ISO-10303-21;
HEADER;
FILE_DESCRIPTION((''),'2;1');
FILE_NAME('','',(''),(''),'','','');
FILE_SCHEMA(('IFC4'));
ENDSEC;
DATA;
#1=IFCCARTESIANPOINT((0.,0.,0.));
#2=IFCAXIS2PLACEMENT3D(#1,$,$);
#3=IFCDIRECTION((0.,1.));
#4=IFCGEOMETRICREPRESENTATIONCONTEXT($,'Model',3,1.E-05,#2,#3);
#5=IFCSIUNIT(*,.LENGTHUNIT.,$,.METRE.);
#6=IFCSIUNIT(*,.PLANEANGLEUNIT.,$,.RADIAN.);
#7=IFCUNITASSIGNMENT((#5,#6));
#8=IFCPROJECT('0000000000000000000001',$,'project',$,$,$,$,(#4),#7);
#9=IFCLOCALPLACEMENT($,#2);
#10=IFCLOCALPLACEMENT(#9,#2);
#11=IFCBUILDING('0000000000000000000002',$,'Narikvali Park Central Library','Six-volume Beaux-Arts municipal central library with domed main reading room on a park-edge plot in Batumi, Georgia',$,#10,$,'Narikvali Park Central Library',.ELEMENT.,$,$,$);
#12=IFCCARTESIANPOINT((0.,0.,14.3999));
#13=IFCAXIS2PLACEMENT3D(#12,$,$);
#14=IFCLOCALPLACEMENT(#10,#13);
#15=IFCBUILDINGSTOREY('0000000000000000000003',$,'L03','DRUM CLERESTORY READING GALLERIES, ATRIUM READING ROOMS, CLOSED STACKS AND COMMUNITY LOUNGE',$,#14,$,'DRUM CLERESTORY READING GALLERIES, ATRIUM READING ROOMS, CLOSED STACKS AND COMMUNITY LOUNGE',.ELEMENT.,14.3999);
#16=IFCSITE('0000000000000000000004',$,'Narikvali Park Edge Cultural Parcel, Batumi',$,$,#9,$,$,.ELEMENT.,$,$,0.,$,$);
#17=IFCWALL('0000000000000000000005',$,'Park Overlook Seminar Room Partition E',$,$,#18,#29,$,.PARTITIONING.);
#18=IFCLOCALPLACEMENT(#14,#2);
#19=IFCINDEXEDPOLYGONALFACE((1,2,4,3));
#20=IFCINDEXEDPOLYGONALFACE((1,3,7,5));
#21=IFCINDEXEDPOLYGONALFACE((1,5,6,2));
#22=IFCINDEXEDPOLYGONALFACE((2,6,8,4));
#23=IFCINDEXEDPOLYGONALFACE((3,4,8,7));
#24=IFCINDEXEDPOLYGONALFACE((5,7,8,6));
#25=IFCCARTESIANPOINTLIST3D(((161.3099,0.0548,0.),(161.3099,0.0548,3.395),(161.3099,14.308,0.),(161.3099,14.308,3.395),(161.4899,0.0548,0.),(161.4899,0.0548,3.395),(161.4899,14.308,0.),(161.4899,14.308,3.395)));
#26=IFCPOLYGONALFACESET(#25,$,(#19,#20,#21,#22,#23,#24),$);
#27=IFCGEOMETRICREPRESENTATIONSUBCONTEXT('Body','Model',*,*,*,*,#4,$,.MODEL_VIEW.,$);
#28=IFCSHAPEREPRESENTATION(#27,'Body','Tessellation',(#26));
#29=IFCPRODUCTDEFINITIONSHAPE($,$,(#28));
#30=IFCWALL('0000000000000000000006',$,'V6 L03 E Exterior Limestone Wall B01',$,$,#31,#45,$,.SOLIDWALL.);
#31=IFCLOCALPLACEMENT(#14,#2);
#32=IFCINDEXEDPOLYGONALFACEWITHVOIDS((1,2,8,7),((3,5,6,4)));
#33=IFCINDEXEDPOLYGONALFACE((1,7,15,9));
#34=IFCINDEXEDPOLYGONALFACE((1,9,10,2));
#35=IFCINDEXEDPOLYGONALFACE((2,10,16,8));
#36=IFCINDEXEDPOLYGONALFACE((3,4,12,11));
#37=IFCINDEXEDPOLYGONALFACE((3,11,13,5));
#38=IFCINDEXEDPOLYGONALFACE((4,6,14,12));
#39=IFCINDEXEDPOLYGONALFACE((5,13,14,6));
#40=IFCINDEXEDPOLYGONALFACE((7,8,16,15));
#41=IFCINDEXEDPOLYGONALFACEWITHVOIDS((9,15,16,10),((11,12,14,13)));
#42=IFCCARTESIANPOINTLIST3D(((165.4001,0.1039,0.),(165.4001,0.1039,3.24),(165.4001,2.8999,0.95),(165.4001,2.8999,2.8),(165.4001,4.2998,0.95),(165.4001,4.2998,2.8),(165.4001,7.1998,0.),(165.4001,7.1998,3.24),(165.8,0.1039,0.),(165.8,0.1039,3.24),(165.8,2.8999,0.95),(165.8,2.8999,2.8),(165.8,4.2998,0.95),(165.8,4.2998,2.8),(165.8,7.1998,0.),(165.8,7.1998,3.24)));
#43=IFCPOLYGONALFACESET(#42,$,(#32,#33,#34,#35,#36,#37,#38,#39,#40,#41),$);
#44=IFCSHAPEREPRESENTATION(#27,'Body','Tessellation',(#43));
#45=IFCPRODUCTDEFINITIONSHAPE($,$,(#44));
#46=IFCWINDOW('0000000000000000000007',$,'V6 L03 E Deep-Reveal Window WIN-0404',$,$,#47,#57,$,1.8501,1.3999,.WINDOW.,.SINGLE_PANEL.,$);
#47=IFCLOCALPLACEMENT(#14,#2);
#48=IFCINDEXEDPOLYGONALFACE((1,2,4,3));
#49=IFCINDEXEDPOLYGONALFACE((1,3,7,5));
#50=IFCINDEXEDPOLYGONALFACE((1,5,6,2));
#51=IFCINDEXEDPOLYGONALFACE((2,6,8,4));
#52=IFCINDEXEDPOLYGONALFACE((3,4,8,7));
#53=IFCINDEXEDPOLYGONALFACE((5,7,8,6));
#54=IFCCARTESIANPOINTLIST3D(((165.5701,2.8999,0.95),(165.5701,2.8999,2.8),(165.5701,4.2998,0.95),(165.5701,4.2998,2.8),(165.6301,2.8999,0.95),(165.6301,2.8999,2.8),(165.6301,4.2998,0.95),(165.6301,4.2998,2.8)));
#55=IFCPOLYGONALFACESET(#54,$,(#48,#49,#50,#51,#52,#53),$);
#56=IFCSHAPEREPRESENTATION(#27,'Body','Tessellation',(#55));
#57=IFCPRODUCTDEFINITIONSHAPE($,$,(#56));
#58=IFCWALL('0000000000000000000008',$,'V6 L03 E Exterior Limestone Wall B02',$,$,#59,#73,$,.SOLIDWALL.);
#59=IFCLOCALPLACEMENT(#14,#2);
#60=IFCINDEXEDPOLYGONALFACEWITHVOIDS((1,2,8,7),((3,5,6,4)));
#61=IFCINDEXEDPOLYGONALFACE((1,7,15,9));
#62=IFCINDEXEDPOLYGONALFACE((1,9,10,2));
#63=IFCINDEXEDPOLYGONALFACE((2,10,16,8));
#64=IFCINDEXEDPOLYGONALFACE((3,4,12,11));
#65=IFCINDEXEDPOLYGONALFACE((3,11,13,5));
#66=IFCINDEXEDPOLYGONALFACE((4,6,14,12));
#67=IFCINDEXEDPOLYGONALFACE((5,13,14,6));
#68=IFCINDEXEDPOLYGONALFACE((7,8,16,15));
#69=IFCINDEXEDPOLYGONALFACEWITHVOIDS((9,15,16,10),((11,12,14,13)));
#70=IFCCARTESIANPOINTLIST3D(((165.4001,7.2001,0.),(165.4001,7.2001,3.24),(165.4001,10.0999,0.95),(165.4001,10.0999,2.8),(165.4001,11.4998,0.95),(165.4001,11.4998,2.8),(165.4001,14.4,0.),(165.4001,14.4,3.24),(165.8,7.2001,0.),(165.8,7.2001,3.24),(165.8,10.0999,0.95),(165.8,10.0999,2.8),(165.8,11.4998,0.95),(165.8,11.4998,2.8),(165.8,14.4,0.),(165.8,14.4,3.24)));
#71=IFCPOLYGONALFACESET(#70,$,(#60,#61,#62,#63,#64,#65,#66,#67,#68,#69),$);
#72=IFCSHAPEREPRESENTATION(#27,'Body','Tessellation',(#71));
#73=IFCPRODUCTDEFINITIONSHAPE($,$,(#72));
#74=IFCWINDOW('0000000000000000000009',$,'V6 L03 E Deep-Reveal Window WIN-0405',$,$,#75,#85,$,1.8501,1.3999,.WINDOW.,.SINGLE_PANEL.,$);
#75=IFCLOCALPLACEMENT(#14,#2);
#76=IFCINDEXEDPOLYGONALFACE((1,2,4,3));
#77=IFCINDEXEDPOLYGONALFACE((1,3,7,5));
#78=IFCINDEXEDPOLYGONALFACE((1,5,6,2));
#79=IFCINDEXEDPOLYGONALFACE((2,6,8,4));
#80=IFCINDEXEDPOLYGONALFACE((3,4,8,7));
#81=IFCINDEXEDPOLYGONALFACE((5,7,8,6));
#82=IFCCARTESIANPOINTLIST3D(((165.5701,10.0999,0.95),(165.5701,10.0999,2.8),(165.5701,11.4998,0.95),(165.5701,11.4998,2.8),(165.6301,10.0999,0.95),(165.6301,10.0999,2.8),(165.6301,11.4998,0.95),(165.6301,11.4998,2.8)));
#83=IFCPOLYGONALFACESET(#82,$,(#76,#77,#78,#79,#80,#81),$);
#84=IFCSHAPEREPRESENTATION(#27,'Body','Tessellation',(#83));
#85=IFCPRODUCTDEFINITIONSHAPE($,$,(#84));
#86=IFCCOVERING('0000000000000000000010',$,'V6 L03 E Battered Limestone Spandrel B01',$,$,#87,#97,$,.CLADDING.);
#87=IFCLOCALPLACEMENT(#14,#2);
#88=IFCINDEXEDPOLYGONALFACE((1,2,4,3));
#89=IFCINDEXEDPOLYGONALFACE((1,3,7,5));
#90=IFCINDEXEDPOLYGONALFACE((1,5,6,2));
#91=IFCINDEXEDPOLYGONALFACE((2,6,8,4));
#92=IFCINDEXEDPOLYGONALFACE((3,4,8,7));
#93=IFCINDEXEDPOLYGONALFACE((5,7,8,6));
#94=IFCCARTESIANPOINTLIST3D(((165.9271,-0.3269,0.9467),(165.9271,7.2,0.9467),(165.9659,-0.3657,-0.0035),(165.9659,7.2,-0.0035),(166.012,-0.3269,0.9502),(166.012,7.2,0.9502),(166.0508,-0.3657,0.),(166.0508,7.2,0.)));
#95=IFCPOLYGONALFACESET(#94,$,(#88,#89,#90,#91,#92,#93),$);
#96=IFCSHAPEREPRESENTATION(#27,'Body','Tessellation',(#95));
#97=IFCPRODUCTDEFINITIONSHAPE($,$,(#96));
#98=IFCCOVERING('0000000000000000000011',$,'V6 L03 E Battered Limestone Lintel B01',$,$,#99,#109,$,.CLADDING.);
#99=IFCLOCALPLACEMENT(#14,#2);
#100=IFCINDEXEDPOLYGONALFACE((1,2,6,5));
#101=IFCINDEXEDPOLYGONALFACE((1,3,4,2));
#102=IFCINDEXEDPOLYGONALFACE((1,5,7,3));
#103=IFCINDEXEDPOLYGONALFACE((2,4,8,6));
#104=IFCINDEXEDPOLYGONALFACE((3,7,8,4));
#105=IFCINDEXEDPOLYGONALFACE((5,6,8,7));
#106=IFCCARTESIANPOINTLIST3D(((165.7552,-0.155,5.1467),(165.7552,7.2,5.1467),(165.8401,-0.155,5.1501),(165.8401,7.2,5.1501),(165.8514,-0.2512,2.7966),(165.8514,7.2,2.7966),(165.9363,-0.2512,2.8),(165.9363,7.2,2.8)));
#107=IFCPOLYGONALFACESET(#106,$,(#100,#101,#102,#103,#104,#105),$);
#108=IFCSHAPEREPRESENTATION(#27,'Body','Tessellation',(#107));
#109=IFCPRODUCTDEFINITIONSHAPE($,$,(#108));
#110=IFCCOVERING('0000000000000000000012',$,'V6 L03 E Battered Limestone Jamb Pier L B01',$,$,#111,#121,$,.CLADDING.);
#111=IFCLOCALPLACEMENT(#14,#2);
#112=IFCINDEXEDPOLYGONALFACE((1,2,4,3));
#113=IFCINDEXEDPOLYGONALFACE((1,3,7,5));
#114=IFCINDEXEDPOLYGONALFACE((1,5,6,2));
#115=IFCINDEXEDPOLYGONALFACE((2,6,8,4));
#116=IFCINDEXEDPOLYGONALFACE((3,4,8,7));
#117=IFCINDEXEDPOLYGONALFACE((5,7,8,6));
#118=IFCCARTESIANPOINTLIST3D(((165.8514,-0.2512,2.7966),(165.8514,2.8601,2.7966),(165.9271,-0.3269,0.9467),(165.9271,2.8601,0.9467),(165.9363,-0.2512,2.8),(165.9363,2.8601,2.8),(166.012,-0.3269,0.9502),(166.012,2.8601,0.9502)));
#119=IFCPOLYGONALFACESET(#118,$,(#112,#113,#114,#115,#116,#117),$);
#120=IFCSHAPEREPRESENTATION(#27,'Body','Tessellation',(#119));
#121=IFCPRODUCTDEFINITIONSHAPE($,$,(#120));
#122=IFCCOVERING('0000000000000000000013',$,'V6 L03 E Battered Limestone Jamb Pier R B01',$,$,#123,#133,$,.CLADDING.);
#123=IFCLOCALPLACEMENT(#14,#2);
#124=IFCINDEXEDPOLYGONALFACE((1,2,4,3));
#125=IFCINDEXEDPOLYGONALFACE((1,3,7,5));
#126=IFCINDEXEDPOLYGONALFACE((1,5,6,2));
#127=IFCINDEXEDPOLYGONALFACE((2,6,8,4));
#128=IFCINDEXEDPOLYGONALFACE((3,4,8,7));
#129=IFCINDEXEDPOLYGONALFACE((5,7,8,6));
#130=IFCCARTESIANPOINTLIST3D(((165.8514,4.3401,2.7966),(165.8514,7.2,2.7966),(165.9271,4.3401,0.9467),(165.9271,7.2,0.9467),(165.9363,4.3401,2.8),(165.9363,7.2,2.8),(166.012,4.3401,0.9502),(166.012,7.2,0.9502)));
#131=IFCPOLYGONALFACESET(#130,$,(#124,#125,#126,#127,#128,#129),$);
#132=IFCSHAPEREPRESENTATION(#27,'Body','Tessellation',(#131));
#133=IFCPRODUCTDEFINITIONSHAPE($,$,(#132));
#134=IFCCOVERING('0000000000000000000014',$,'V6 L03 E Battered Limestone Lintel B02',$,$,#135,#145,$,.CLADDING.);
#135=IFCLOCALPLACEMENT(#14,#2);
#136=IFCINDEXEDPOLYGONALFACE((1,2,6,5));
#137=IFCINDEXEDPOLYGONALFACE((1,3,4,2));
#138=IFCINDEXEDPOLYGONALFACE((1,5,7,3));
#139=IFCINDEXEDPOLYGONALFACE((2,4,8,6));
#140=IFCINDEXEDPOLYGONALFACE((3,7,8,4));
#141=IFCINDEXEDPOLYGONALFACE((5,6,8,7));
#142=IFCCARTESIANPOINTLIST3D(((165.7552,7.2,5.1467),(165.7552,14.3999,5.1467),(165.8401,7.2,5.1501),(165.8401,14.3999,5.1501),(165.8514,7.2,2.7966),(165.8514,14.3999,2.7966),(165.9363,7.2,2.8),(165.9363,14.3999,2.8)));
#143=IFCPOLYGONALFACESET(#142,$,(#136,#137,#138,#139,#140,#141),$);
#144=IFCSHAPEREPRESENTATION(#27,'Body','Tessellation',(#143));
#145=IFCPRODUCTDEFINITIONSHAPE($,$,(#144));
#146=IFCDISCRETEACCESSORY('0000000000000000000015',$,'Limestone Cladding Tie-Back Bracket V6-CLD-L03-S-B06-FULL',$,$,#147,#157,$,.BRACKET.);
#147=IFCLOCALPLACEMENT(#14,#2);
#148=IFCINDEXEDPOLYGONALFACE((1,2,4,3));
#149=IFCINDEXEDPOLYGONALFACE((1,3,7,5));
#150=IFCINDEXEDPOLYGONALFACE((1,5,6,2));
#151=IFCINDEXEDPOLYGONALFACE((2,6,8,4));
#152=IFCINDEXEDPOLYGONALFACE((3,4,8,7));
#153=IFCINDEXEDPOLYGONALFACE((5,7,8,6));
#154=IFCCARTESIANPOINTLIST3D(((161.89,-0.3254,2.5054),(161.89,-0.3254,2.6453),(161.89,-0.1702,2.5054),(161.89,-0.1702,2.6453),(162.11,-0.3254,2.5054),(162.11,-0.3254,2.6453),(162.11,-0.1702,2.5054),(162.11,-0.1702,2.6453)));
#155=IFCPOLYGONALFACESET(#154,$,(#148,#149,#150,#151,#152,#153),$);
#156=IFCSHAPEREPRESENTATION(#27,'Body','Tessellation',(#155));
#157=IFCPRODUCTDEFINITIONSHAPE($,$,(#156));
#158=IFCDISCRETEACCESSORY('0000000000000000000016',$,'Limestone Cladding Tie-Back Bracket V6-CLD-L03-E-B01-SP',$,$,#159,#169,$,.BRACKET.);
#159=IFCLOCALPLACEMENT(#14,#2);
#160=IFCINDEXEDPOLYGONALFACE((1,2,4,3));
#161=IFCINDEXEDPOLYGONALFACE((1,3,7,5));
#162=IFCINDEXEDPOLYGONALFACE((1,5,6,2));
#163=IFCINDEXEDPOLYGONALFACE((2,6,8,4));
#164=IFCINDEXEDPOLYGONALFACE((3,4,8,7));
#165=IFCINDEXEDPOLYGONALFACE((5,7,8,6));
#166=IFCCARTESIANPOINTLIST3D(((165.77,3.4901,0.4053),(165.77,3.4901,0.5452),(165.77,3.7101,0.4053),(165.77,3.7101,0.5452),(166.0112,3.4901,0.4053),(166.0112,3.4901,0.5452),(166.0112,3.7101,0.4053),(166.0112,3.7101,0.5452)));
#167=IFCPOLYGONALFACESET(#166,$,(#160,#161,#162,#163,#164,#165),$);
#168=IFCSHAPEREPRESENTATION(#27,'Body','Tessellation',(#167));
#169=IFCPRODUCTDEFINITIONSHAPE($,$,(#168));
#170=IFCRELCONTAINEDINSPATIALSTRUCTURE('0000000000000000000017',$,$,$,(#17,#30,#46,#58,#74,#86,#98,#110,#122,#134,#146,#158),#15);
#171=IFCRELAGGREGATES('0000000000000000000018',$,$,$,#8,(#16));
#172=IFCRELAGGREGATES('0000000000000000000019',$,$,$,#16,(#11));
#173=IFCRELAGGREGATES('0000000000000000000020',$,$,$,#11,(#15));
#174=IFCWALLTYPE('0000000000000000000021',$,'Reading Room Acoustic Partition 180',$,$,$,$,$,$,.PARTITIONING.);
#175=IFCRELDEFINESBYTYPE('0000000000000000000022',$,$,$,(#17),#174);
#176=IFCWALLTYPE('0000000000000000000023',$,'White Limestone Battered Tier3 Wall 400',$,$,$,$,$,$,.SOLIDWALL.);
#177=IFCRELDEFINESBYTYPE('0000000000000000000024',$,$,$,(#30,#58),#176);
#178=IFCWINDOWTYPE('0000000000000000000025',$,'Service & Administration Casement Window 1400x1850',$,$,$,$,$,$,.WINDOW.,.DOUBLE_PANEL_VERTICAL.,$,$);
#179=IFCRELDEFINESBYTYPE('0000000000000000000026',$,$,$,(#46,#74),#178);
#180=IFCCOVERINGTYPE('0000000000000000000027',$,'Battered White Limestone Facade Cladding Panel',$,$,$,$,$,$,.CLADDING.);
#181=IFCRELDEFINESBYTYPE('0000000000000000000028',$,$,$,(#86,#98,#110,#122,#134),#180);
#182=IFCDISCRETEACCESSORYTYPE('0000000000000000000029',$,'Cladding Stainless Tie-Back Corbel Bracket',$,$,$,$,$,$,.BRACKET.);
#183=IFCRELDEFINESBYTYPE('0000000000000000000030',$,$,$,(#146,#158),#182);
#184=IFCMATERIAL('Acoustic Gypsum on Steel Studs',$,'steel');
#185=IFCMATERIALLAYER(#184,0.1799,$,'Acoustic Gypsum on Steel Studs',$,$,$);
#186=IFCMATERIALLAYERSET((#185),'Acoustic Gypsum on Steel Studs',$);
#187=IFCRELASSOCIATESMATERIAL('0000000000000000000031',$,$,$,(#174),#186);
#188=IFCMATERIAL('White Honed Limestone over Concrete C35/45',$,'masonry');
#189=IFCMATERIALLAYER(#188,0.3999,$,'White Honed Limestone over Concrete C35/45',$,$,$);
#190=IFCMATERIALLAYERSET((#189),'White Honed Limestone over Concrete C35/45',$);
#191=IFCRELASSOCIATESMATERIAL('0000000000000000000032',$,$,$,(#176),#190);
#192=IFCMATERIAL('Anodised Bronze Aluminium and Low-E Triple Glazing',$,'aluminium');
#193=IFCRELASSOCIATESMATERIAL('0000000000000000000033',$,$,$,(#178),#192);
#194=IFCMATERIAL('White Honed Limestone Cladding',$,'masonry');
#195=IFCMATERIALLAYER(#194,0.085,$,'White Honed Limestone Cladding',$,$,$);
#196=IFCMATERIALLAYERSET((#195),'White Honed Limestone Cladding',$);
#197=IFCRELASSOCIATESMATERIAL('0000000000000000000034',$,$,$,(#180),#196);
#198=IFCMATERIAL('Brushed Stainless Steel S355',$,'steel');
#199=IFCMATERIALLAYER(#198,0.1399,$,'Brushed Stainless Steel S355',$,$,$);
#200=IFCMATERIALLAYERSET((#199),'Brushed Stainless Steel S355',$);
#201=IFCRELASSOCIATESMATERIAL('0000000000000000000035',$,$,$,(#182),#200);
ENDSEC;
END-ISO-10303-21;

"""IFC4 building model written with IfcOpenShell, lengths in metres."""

from ifc_helpers import new_model, si_unit, direction, frame, frame_2d, origin, origin_2d, place, context, subcontext, project, spatial, polyline, rectangle, outline, extrude, material, layer, layer_set, type_object, element, fill, save


model = new_model("IFC4")

# Units and contexts
model_context = context("Model", 3, precision=1e-05, world=origin(), true_north=direction((0.0, 1.0)))
body_context = subcontext(model_context, "Body", "Model", "MODEL_VIEW")
ifc_project = project(units=[si_unit("LENGTHUNIT", "METRE"), si_unit("PLANEANGLEUNIT", "RADIAN")], contexts=[model_context])

# Site, building, storey
site_placement = place(None, origin())
site = spatial("IfcSite", under=ifc_project, at=site_placement, Name="Narikvali Park Edge Cultural Parcel, Batumi", CompositionType="ELEMENT", RefElevation=0.0)
building_placement = place(site_placement, origin())
building = spatial("IfcBuilding", under=site, at=building_placement, Name="Narikvali Park Central Library", Description="Six-volume Beaux-Arts municipal central library with domed main reading room on a park-edge plot in Batumi, Georgia", LongName="Narikvali Park Central Library", CompositionType="ELEMENT")
storey_placement = place(building_placement, frame((0.0, 0.0, 14.3999)))
storey = spatial("IfcBuildingStorey", under=building, at=storey_placement, Name="L03", Description="DRUM CLERESTORY READING GALLERIES, ATRIUM READING ROOMS, CLOSED STACKS AND COMMUNITY LOUNGE", LongName="DRUM CLERESTORY READING GALLERIES, ATRIUM READING ROOMS, CLOSED STACKS AND COMMUNITY LOUNGE", CompositionType="ELEMENT", Elevation=14.3999)

# Wall
ifc_material_1 = material(Name="Acoustic Gypsum on Steel Studs", Category="steel")
ifc_layer_1 = layer(ifc_material_1, 0.1799, Name="Acoustic Gypsum on Steel Studs")
ifc_layer_set_1 = layer_set([ifc_layer_1], Name="Acoustic Gypsum on Steel Studs")
wall_type_1 = type_object("IfcWallType", Name="Reading Room Acoustic Partition 180", PredefinedType="PARTITIONING", material=ifc_layer_set_1)
wall_1_placement = place(storey_placement, frame((161.3999, 0.0549, 0.0), z_axis=(0.0, 0.0, 1.0), x_axis=(0.0, 1.0, 0.0)))
element("IfcWall", 1, at=wall_1_placement, inside=storey, type_object=wall_type_1, Name="Park Overlook Seminar Room Partition E", PredefinedType="PARTITIONING", context=body_context, shape_type="SweptSolid", body=[
    extrude(rectangle(XDim=14.2532, YDim=0.1799, at=frame_2d((7.1265, 0.0))), origin(), (0.0, 0.0, 1.0), 3.395),
])

# Walls, openings, windows
ifc_material_2 = material(Name="White Honed Limestone over Concrete C35/45", Category="masonry")
ifc_layer_2 = layer(ifc_material_2, 0.3999, Name="White Honed Limestone over Concrete C35/45")
ifc_layer_set_2 = layer_set([ifc_layer_2], Name="White Honed Limestone over Concrete C35/45")
wall_type_2 = type_object("IfcWallType", Name="White Limestone Battered Tier3 Wall 400", PredefinedType="SOLIDWALL", material=ifc_layer_set_2)
wall_2_placement = place(storey_placement, frame((165.6001, 0.104, 0.0), z_axis=(0.0, 0.0, 1.0), x_axis=(0.0, 1.0, 0.0)))
wall_2 = element("IfcWall", 2, at=wall_2_placement, inside=storey, type_object=wall_type_2, Name="V6 L03 E Exterior Limestone Wall B01", PredefinedType="SOLIDWALL", context=body_context, shape_type="SweptSolid", body=[
    extrude(rectangle(XDim=7.0959, YDim=0.3999, at=frame_2d((3.5479, 0.0))), origin(), (0.0, 0.0, 1.0), 3.24),
])
opening_1_placement = place(wall_2_placement, frame((2.7959, 0.0, 0.95)))
opening_1 = element("IfcOpeningElement", 3, at=opening_1_placement, cuts=wall_2, PredefinedType="OPENING", context=body_context, shape_type="SweptSolid", body=[
    extrude(rectangle(XDim=1.3999, YDim=1.8501, at=frame_2d((0.7, 0.925))), frame((0.0, 0.2119, 0.0), z_axis=(0.0, -1.0, 0.0), x_axis=(1.0, 0.0, 0.0)), (0.0, 0.0, 1.0), 0.4238),
])
ifc_material_3 = material(Name="Anodised Bronze Aluminium and Low-E Triple Glazing", Category="aluminium")
window_type = type_object("IfcWindowType", Name="Service & Administration Casement Window 1400x1850", PartitioningType="DOUBLE_PANEL_VERTICAL", PredefinedType="WINDOW", material=ifc_material_3)
window_1_placement = place(opening_1_placement, origin())
window_1 = element("IfcWindow", 4, at=window_1_placement, inside=storey, type_object=window_type, Name="V6 L03 E Deep-Reveal Window WIN-0404", OverallHeight=1.8501, OverallWidth=1.3999, PartitioningType="SINGLE_PANEL", PredefinedType="WINDOW", context=body_context, shape_type="SweptSolid", body=[
    extrude(rectangle(XDim=1.3999, YDim=1.8501, at=frame_2d((0.7, 0.925))), frame((0.0, 0.03, 0.0), z_axis=(0.0, -1.0, 0.0), x_axis=(1.0, 0.0, 0.0)), (0.0, 0.0, 1.0), 0.0601),
])
fill(opening_1, window_1)
wall_3_placement = place(storey_placement, frame((165.6001, 7.2, 0.0), z_axis=(0.0, 0.0, 1.0), x_axis=(0.0, 1.0, 0.0)))
wall_3 = element("IfcWall", 5, at=wall_3_placement, inside=storey, type_object=wall_type_2, Name="V6 L03 E Exterior Limestone Wall B02", PredefinedType="SOLIDWALL", context=body_context, shape_type="SweptSolid", body=[
    extrude(rectangle(XDim=7.2, YDim=0.3999, at=frame_2d((3.6001, 0.0))), origin(), (0.0, 0.0, 1.0), 3.24),
])
opening_2_placement = place(wall_3_placement, frame((2.8999, 0.0, 0.95)))
opening_2 = element("IfcOpeningElement", 6, at=opening_2_placement, cuts=wall_3, PredefinedType="OPENING", context=body_context, shape_type="SweptSolid", body=[
    extrude(rectangle(XDim=1.3999, YDim=1.8501, at=frame_2d((0.7, 0.925))), frame((0.0, 0.2119, 0.0), z_axis=(0.0, -1.0, 0.0), x_axis=(1.0, 0.0, 0.0)), (0.0, 0.0, 1.0), 0.4238),
])
window_2_placement = place(opening_2_placement, origin())
window_2 = element("IfcWindow", 7, at=window_2_placement, inside=storey, type_object=window_type, Name="V6 L03 E Deep-Reveal Window WIN-0405", OverallHeight=1.8501, OverallWidth=1.3999, PartitioningType="SINGLE_PANEL", PredefinedType="WINDOW", context=body_context, shape_type="SweptSolid", body=[
    extrude(rectangle(XDim=1.3999, YDim=1.8501, at=frame_2d((0.7, 0.925))), frame((0.0, 0.03, 0.0), z_axis=(0.0, -1.0, 0.0), x_axis=(1.0, 0.0, 0.0)), (0.0, 0.0, 1.0), 0.0601),
])
fill(opening_2, window_2)

# Coverings
ifc_material_4 = material(Name="White Honed Limestone Cladding", Category="masonry")
ifc_layer_3 = layer(ifc_material_4, 0.085, Name="White Honed Limestone Cladding")
ifc_layer_set_3 = layer_set([ifc_layer_3], Name="White Honed Limestone Cladding")
covering_type = type_object("IfcCoveringType", Name="Battered White Limestone Facade Cladding Panel", PredefinedType="CLADDING", material=ifc_layer_set_3)
covering_1_placement = place(storey_placement, frame((166.0508, -0.3657, 0.0), z_axis=(0.999167, 0.0, 0.040819), x_axis=(0.0, 1.0, 0.0)))
element("IfcCovering", 8, at=covering_1_placement, inside=storey, type_object=covering_type, Name="V6 L03 E Battered Limestone Spandrel B01", PredefinedType="CLADDING", context=body_context, shape_type="SweptSolid", body=[
    extrude(outline(polyline([(0.0, 0.0), (7.5657, 0.0), (7.5657, 0.951), (0.0388, 0.951), (0.0, 0.0)])), origin(), (0.0, 0.0, -1.0), 0.085),
])
covering_2_placement = place(storey_placement, frame((165.9363, -0.2512, 2.8), z_axis=(0.999163, 0.0, 0.040897), x_axis=(0.0, 1.0, 0.0)))
element("IfcCovering", 9, at=covering_2_placement, inside=storey, type_object=covering_type, Name="V6 L03 E Battered Limestone Lintel B01", PredefinedType="CLADDING", context=body_context, shape_type="SweptSolid", body=[
    extrude(outline(polyline([(0.0, 0.0), (7.4512, 0.0), (7.4512, 2.3521), (0.0962, 2.3521), (0.0, 0.0)])), origin(), (0.0, 0.0, -1.0), 0.085),
])
covering_3_placement = place(storey_placement, frame((166.012, -0.3269, 0.9502), z_axis=(0.999164, 0.0, 0.040879), x_axis=(0.0, 1.0, 0.0)))
element("IfcCovering", 10, at=covering_3_placement, inside=storey, type_object=covering_type, Name="V6 L03 E Battered Limestone Jamb Pier L B01", PredefinedType="CLADDING", context=body_context, shape_type="SweptSolid", body=[
    extrude(outline(polyline([(0.0, 0.0), (3.187, 0.0), (3.187, 1.8514), (0.0757, 1.8514), (0.0, 0.0)])), origin(), (0.0, 0.0, -1.0), 0.085),
])
covering_4_placement = place(storey_placement, frame((166.012, 4.3401, 0.9502), z_axis=(0.999164, 0.0, 0.040879), x_axis=(0.0, 1.0, 0.0)))
element("IfcCovering", 11, at=covering_4_placement, inside=storey, type_object=covering_type, Name="V6 L03 E Battered Limestone Jamb Pier R B01", PredefinedType="CLADDING", context=body_context, shape_type="SweptSolid", body=[
    extrude(outline(polyline([(0.0, 0.0), (2.8599, 0.0), (2.8599, 1.8514), (0.0, 1.8514), (0.0, 0.0)])), origin(), (0.0, 0.0, -1.0), 0.085),
])
covering_5_placement = place(storey_placement, frame((165.9363, 7.2, 2.8), z_axis=(0.999163, 0.0, 0.040897), x_axis=(0.0, 1.0, 0.0)))
element("IfcCovering", 12, at=covering_5_placement, inside=storey, type_object=covering_type, Name="V6 L03 E Battered Limestone Lintel B02", PredefinedType="CLADDING", context=body_context, shape_type="SweptSolid", body=[
    extrude(outline(polyline([(0.0, 0.0), (7.2, 0.0), (7.2, 2.3521), (0.0, 2.3521), (0.0, 0.0)])), origin(), (0.0, 0.0, -1.0), 0.085),
])

# Discrete accessories
ifc_material_5 = material(Name="Brushed Stainless Steel S355", Category="steel")
ifc_layer_4 = layer(ifc_material_5, 0.1399, Name="Brushed Stainless Steel S355")
ifc_layer_set_4 = layer_set([ifc_layer_4], Name="Brushed Stainless Steel S355")
discrete_accessory_type = type_object("IfcDiscreteAccessoryType", Name="Cladding Stainless Tie-Back Corbel Bracket", PredefinedType="BRACKET", material=ifc_layer_set_4)
discrete_accessory_1_placement = place(storey_placement, frame((162.0, -0.2478, 2.5054), z_axis=(0.0, 0.0, 1.0), x_axis=(1.0, 0.0, 0.0)))
element("IfcDiscreteAccessory", 13, at=discrete_accessory_1_placement, inside=storey, type_object=discrete_accessory_type, Name="Limestone Cladding Tie-Back Bracket V6-CLD-L03-S-B06-FULL", PredefinedType="BRACKET", context=body_context, shape_type="SweptSolid", body=[
    extrude(rectangle(XDim=0.22, YDim=0.1553, at=origin_2d()), origin(), (0.0, 0.0, 1.0), 0.1399),
])
discrete_accessory_2_placement = place(storey_placement, frame((165.8906, 3.6001, 0.4053), z_axis=(0.0, 0.0, 1.0), x_axis=(1.0, 0.0, 0.0)))
element("IfcDiscreteAccessory", 14, at=discrete_accessory_2_placement, inside=storey, type_object=discrete_accessory_type, Name="Limestone Cladding Tie-Back Bracket V6-CLD-L03-E-B01-SP", PredefinedType="BRACKET", context=body_context, shape_type="SweptSolid", body=[
    extrude(rectangle(XDim=0.2412, YDim=0.22, at=origin_2d()), origin(), (0.0, 0.0, 1.0), 0.1399),
])

save(model, "model.ifc")
